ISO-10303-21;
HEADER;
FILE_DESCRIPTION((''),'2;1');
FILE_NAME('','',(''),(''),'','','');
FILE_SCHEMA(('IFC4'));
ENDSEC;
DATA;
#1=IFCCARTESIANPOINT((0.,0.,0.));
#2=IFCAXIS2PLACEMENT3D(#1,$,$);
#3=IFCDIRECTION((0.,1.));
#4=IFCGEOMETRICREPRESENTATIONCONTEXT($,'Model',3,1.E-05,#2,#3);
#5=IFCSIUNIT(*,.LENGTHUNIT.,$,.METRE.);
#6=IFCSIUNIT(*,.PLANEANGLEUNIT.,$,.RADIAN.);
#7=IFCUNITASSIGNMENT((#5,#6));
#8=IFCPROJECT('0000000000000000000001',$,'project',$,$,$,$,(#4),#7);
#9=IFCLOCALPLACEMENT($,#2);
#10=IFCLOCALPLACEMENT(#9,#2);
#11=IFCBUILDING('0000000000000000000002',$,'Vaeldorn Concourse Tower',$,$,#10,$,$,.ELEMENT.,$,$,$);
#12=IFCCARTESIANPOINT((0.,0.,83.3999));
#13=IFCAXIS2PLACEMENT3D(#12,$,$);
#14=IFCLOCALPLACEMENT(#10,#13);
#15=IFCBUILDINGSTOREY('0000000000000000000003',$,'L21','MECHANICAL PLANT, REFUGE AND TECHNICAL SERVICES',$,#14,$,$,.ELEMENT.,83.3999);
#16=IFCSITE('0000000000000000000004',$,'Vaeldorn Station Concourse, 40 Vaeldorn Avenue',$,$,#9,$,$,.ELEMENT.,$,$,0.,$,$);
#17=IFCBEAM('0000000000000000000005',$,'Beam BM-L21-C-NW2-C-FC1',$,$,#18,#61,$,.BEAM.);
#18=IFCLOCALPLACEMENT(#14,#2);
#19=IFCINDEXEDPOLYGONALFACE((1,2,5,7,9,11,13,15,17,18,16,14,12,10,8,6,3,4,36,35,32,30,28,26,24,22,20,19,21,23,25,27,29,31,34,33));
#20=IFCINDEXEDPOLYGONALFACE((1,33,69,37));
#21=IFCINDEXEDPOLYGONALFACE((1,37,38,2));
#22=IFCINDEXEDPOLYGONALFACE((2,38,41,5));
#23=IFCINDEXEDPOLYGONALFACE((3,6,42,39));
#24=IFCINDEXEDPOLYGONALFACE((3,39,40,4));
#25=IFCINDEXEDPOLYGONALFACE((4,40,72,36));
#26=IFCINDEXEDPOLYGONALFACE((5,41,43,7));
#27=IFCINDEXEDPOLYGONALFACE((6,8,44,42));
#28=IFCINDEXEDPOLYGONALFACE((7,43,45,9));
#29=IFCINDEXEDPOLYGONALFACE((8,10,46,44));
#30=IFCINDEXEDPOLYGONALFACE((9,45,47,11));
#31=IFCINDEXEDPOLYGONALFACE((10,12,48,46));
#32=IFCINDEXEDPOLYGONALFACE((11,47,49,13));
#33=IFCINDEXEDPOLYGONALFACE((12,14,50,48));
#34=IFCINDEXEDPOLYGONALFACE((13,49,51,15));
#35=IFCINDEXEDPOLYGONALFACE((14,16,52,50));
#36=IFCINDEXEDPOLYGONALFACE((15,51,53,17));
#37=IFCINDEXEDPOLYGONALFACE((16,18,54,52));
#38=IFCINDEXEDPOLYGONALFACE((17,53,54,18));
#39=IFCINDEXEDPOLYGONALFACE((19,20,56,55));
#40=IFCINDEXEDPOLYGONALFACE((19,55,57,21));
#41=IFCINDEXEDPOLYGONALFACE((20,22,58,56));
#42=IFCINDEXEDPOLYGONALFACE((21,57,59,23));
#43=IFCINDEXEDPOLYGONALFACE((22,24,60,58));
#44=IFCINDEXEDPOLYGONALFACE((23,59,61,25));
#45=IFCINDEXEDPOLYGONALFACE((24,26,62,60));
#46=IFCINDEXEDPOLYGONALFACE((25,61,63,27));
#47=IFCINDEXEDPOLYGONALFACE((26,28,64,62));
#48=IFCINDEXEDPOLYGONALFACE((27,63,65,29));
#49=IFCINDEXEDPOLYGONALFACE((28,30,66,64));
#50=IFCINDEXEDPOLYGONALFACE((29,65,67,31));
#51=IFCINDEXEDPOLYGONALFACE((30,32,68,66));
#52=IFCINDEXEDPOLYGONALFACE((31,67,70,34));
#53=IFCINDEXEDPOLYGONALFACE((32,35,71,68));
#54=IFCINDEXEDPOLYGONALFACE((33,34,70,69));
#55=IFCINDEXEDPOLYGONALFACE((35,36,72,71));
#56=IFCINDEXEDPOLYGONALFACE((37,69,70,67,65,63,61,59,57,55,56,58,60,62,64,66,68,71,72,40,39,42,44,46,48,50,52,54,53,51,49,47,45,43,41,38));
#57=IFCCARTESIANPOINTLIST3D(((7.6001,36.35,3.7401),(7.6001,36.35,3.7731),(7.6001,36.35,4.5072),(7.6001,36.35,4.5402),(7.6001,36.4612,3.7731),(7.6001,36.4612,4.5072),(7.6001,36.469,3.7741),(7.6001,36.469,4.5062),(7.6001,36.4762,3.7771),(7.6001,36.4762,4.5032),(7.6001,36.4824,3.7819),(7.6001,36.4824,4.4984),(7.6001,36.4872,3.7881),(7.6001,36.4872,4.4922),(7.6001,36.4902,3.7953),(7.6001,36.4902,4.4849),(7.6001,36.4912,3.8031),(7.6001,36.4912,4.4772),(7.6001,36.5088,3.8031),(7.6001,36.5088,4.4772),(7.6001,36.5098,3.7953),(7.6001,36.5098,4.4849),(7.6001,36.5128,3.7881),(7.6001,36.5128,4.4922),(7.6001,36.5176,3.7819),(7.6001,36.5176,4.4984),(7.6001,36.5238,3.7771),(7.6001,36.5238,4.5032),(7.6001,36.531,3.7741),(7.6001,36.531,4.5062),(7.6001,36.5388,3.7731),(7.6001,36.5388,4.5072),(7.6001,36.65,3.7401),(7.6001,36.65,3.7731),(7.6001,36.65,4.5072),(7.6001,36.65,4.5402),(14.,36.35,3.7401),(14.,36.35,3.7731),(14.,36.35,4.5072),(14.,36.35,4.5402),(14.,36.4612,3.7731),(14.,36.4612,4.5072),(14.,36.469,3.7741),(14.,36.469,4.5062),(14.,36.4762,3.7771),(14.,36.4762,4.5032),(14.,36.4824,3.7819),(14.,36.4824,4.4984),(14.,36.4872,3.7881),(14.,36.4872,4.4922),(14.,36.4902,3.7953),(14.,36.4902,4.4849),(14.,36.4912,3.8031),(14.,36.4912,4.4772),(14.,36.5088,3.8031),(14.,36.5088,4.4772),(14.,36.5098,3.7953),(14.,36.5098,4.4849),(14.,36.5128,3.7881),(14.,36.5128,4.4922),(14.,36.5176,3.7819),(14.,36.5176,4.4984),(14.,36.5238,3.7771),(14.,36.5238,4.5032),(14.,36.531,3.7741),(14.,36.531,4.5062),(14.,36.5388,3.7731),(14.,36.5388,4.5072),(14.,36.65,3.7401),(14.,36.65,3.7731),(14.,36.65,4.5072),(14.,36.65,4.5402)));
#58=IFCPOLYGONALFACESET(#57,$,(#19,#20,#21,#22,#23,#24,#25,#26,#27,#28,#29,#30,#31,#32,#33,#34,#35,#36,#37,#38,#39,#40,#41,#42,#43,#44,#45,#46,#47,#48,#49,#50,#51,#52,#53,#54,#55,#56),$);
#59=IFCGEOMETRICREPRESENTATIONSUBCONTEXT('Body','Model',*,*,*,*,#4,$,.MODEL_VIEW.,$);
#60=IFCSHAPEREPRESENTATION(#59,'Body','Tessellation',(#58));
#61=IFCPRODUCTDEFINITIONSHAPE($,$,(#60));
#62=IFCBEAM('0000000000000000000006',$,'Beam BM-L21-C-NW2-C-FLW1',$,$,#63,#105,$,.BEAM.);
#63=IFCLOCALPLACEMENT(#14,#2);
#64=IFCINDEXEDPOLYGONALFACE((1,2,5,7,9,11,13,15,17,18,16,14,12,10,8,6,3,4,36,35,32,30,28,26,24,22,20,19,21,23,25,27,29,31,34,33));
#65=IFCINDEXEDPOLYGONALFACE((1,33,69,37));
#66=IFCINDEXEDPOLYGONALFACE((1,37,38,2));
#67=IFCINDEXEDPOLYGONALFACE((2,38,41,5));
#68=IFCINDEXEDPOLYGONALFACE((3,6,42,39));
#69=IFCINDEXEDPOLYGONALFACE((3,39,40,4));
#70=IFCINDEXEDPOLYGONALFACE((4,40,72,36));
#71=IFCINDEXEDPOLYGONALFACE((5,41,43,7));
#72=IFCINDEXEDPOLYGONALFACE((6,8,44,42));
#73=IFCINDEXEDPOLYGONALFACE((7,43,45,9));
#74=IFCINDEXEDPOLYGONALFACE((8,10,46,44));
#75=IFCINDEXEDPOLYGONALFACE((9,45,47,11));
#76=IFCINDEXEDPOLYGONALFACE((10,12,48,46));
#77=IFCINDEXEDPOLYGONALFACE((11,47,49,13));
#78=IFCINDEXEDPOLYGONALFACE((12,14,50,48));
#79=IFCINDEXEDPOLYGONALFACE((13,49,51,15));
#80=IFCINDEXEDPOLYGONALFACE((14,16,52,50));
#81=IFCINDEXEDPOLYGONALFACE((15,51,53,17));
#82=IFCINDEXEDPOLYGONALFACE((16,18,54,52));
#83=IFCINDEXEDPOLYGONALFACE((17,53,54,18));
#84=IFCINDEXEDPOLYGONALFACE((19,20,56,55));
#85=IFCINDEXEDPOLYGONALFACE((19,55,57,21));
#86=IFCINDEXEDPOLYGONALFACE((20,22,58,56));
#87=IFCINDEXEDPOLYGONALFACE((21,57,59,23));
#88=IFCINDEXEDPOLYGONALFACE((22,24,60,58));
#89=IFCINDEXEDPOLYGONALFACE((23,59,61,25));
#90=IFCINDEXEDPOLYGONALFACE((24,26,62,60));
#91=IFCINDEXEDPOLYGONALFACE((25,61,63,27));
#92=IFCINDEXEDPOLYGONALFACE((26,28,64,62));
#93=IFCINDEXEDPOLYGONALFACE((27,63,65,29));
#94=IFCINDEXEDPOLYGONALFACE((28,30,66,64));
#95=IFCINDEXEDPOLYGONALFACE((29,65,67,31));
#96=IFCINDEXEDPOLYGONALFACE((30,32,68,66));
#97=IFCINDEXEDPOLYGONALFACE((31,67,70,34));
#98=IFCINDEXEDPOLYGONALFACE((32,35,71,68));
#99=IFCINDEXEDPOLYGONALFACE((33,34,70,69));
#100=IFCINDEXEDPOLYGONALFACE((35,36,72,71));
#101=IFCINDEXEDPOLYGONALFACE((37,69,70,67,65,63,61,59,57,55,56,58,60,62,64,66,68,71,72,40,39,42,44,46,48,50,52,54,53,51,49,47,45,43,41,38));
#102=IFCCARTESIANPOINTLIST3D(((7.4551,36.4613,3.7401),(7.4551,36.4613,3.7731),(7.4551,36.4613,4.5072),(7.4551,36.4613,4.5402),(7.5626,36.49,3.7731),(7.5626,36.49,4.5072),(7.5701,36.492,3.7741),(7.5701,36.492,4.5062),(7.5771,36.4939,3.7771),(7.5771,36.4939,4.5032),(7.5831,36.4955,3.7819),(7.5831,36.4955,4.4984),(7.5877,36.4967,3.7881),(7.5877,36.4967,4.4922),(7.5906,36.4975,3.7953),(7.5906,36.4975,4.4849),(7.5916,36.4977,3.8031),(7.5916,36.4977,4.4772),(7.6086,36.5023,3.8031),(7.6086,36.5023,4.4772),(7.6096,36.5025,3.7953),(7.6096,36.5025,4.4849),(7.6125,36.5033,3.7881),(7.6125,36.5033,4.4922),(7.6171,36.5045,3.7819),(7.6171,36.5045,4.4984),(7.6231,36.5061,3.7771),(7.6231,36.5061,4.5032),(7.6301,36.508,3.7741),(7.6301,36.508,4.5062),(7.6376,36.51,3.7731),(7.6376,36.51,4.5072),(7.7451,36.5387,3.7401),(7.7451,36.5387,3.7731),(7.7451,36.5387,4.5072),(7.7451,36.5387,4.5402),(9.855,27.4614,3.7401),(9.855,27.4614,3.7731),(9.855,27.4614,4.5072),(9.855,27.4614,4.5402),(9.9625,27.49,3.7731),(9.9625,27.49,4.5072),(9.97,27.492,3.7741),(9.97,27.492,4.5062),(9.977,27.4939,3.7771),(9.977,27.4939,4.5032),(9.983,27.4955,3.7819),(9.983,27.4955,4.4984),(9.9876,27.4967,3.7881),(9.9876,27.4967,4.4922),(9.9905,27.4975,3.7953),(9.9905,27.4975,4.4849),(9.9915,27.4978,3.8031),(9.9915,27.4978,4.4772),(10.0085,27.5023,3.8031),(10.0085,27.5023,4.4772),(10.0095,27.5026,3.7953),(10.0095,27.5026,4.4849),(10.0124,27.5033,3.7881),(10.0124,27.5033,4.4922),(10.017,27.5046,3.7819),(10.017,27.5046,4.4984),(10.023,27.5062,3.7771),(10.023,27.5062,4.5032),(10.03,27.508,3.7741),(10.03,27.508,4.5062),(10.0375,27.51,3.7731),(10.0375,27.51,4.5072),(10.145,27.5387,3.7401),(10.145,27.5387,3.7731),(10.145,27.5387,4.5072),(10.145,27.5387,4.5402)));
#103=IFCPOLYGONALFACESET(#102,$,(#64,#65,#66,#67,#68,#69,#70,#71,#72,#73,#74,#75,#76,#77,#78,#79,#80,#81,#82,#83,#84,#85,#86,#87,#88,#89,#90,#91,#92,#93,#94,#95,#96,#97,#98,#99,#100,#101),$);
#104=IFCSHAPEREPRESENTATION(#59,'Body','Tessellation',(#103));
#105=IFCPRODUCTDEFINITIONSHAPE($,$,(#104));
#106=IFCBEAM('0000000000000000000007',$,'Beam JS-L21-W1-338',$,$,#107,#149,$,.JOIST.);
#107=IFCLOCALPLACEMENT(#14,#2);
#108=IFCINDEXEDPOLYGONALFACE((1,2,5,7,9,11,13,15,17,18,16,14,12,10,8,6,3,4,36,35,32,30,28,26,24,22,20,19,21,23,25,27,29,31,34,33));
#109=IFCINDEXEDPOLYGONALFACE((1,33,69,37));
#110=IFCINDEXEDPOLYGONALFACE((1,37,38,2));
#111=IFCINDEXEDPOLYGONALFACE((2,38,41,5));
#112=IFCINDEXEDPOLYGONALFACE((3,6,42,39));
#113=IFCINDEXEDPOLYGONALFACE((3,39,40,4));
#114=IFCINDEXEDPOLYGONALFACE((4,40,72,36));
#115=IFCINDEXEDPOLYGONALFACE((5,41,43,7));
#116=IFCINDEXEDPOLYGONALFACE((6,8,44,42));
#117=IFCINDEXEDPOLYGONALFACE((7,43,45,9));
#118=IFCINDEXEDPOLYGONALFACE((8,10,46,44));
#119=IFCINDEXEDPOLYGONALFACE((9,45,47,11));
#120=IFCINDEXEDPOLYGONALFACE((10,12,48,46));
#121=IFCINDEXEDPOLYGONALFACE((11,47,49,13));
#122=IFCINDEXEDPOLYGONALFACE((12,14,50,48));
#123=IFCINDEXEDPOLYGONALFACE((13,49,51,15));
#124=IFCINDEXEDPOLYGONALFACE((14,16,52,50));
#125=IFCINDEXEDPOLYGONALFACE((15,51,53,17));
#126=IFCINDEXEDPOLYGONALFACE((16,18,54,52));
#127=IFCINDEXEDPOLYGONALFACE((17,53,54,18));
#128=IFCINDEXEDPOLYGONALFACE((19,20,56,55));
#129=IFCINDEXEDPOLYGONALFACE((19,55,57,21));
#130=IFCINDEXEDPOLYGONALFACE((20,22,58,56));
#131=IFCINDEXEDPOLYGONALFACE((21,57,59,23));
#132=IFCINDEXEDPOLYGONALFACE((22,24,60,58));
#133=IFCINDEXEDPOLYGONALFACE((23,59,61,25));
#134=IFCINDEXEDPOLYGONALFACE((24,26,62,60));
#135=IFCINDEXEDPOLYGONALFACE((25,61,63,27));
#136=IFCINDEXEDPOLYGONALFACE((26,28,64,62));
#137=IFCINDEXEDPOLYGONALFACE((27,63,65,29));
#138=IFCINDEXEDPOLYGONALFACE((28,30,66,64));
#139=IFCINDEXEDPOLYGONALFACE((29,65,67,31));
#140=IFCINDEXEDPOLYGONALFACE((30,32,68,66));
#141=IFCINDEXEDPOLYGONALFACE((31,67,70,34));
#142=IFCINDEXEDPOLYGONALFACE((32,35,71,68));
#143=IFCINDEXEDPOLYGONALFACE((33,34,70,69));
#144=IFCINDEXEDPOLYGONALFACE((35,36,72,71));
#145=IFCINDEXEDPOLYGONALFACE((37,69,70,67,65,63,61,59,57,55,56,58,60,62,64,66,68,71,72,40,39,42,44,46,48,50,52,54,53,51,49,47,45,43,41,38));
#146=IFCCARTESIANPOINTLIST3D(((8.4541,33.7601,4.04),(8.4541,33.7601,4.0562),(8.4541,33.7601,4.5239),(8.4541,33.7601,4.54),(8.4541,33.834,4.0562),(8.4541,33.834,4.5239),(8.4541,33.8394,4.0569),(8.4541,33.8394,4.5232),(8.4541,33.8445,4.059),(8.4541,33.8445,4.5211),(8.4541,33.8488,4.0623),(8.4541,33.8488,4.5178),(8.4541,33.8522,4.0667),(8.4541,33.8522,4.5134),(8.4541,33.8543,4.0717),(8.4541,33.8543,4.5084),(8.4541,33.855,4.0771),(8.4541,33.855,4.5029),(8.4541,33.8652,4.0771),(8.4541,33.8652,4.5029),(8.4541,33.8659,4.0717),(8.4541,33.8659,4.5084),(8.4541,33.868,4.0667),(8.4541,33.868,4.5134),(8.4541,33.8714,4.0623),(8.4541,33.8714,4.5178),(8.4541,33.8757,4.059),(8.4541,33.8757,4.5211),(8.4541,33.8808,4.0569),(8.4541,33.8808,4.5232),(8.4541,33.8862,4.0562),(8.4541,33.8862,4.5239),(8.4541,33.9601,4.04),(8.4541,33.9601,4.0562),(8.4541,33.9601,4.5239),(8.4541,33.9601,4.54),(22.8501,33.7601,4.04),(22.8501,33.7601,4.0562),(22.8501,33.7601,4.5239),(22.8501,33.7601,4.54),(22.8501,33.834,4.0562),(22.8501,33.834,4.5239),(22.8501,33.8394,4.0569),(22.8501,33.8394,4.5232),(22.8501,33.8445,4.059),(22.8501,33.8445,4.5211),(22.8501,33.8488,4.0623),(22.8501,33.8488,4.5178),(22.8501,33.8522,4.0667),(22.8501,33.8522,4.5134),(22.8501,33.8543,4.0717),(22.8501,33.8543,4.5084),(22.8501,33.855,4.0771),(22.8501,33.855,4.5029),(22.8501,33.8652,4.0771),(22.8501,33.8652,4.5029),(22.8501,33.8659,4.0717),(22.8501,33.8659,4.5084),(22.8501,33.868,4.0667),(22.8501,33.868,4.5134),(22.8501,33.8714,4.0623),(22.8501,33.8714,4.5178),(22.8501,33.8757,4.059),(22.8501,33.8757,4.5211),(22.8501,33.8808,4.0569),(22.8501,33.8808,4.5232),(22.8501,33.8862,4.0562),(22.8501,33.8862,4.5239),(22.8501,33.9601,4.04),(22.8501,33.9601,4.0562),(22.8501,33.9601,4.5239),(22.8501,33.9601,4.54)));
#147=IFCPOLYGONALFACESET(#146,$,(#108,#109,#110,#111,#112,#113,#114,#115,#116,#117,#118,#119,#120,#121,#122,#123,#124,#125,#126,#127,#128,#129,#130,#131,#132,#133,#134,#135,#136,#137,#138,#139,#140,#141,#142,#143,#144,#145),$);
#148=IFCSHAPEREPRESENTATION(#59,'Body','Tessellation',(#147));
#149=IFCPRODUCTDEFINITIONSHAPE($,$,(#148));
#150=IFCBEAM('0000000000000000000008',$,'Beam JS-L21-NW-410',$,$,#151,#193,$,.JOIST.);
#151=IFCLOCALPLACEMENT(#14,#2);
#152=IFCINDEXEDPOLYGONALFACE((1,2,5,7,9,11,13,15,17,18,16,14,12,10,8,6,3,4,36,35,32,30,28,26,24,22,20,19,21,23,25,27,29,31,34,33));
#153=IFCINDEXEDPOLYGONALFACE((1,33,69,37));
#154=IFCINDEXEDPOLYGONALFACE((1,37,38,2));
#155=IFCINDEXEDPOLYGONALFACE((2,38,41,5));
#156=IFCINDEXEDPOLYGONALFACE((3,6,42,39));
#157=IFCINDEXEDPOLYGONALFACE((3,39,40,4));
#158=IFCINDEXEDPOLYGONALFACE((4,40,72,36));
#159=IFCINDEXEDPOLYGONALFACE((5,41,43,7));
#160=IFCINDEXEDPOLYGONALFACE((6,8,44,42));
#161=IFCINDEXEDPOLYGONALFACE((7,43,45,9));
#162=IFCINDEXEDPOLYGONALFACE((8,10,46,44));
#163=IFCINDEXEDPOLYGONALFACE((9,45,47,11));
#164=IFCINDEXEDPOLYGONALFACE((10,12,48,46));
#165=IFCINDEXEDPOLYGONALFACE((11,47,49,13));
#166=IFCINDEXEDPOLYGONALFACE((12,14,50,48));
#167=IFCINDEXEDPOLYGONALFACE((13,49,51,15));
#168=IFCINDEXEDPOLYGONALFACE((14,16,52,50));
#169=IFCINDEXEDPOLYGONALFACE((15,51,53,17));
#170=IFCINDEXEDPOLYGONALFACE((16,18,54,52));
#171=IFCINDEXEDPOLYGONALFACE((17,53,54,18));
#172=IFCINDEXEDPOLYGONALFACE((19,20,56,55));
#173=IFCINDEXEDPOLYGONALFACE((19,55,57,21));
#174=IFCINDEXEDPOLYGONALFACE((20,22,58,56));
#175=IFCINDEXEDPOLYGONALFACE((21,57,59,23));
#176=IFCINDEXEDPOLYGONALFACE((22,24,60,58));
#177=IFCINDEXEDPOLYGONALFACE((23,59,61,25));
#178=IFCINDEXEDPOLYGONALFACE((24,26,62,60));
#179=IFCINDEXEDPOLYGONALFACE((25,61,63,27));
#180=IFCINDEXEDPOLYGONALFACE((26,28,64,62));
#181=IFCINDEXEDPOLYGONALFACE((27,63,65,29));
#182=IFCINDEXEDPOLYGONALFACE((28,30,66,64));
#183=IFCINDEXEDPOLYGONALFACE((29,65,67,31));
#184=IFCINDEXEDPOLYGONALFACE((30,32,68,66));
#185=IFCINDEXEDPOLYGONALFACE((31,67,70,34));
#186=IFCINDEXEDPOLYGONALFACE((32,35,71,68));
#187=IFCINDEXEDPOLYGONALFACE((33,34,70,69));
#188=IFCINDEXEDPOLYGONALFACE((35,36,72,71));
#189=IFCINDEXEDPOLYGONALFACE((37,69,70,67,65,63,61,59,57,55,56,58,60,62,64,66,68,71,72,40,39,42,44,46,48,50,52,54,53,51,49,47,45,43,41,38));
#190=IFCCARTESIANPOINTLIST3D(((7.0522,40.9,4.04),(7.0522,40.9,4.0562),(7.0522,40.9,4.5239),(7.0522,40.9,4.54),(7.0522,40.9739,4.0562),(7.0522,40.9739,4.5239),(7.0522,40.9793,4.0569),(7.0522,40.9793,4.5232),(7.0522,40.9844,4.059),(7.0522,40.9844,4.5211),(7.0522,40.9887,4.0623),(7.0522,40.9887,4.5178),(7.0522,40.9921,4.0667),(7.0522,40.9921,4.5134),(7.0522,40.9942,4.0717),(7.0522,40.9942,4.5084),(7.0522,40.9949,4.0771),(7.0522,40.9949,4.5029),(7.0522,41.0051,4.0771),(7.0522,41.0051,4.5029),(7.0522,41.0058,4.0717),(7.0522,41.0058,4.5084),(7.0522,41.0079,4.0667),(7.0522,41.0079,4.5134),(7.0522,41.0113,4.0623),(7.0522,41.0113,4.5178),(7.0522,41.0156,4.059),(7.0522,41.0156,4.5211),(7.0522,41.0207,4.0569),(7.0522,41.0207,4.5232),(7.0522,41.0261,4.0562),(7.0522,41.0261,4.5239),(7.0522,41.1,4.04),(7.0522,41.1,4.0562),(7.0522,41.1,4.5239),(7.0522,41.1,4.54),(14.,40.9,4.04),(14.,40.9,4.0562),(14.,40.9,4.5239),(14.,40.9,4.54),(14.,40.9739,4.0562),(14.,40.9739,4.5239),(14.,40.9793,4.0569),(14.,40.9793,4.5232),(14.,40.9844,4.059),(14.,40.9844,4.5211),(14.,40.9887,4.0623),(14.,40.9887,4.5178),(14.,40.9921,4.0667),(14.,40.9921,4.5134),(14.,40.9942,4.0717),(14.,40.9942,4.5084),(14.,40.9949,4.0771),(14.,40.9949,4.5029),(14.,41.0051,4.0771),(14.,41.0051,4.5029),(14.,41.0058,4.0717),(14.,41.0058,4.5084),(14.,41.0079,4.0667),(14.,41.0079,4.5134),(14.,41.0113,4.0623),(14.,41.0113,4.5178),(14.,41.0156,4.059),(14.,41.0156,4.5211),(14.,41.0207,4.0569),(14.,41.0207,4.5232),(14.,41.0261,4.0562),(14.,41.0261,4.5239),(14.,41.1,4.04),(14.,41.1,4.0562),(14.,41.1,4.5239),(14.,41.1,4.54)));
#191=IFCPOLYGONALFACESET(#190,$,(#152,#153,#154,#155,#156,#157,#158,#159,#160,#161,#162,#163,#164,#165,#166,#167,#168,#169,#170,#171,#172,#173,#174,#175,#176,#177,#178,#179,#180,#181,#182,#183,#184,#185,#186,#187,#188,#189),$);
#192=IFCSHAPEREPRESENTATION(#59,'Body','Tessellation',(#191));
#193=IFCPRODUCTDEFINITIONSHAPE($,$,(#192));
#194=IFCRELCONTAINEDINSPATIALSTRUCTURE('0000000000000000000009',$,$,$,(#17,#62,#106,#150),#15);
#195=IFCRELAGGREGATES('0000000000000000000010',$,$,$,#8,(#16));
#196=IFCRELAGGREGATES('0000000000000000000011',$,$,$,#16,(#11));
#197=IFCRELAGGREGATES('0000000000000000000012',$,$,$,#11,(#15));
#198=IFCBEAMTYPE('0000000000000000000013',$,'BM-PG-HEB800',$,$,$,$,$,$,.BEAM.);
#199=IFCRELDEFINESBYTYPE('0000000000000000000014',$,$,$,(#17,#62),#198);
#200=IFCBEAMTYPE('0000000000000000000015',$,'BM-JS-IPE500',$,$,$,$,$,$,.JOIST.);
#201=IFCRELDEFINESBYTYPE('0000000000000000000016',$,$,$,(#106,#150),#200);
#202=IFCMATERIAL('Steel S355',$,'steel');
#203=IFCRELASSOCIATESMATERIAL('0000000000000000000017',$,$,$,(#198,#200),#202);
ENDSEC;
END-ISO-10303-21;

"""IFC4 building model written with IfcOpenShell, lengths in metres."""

from ifc_helpers import new_model, si_unit, direction, frame, origin, origin_2d, place, context, subcontext, project, spatial, i_section, extrude, source, transform, mapped, material, material_profile, profile_set, type_object, element, save


model = new_model("IFC4")

# Units and contexts
model_context = context("Model", 3, precision=1e-05, world=origin(), true_north=direction((0.0, 1.0)))
body_context = subcontext(model_context, "Body", "Model", "MODEL_VIEW")
ifc_project = project(units=[si_unit("LENGTHUNIT", "METRE"), si_unit("PLANEANGLEUNIT", "RADIAN")], contexts=[model_context])

# Site, building, storey
site_placement = place(None, origin())
site = spatial("IfcSite", under=ifc_project, at=site_placement, Name="Vaeldorn Station Concourse, 40 Vaeldorn Avenue", CompositionType="ELEMENT", RefElevation=0.0)
building_placement = place(site_placement, origin())
building = spatial("IfcBuilding", under=site, at=building_placement, Name="Vaeldorn Concourse Tower", CompositionType="ELEMENT")
storey_placement = place(building_placement, frame((0.0, 0.0, 83.3999)))
storey = spatial("IfcBuildingStorey", under=building, at=storey_placement, Name="L21", Description="MECHANICAL PLANT, REFUGE AND TECHNICAL SERVICES", CompositionType="ELEMENT", Elevation=83.3999)

# Beams
ifc_material_1 = material(Name="Steel S355", Category="steel")
ifc_material_profile_1 = material_profile(ifc_material_1, i_section(OverallWidth=0.3, OverallDepth=0.8, WebThickness=0.0176, FlangeThickness=0.033, FilletRadius=0.03, at=origin_2d()), Name="HEB 800")
ifc_profile_set_1 = profile_set([ifc_material_profile_1], Name="Steel S355")
beam_type_1 = type_object("IfcBeamType", Name="BM-PG-HEB800", PredefinedType="BEAM", material=ifc_profile_set_1)
shared_shape_1 = source(origin(), body_context, "Body", "SweptSolid", [
    extrude(i_section(OverallWidth=0.3, OverallDepth=0.8, WebThickness=0.0176, FlangeThickness=0.033, FilletRadius=0.03, at=origin_2d()), origin(), (0.0, 0.0, 1.0), 6.3999),
])
beam_1_placement = place(storey_placement, frame((7.6001, 36.5, 4.1401), z_axis=(1.0, 0.0, 0.0), x_axis=(0.0, 1.0, 0.0)))
element("IfcBeam", 1, at=beam_1_placement, inside=storey, type_object=beam_type_1, Name="Beam BM-L21-C-NW2-C-FC1", PredefinedType="BEAM", context=body_context, shape_type="MappedRepresentation", body=[
    mapped(shared_shape_1, transform((0.0, 0.0, 0.0), scale=1.0)),
])
shared_shape_2 = source(origin(), body_context, "Body", "SweptSolid", [
    extrude(i_section(OverallWidth=0.3, OverallDepth=0.8, WebThickness=0.0176, FlangeThickness=0.033, FilletRadius=0.03, at=origin_2d()), origin(), (0.0, 0.0, 1.0), 9.3145),
])
beam_2_placement = place(storey_placement, frame((7.6001, 36.5, 4.1401), z_axis=(0.257653, -0.966238, 0.0), x_axis=(0.966238, 0.257653, 0.0)))
element("IfcBeam", 2, at=beam_2_placement, inside=storey, type_object=beam_type_1, Name="Beam BM-L21-C-NW2-C-FLW1", PredefinedType="BEAM", context=body_context, shape_type="MappedRepresentation", body=[
    mapped(shared_shape_2, transform((0.0, 0.0, 0.0), scale=1.0)),
])
ifc_material_profile_2 = material_profile(ifc_material_1, i_section(OverallWidth=0.2, OverallDepth=0.5, WebThickness=0.0103, FlangeThickness=0.0161, FilletRadius=0.021, at=origin_2d()), Name="IPE 500")
ifc_profile_set_2 = profile_set([ifc_material_profile_2], Name="Steel S355")
beam_type_2 = type_object("IfcBeamType", Name="BM-JS-IPE500", PredefinedType="JOIST", material=ifc_profile_set_2)
shared_shape_3 = source(origin(), body_context, "Body", "SweptSolid", [
    extrude(i_section(OverallWidth=0.2, OverallDepth=0.5, WebThickness=0.0103, FlangeThickness=0.0161, FilletRadius=0.021, at=origin_2d()), origin(), (0.0, 0.0, 1.0), 14.396),
])
beam_3_placement = place(storey_placement, frame((8.4541, 33.8601, 4.29), z_axis=(1.0, 0.0, 0.0), x_axis=(0.0, 1.0, 0.0)))
element("IfcBeam", 3, at=beam_3_placement, inside=storey, type_object=beam_type_2, Name="Beam JS-L21-W1-338", PredefinedType="JOIST", context=body_context, shape_type="MappedRepresentation", body=[
    mapped(shared_shape_3, transform((0.0, 0.0, 0.0), scale=1.0)),
])
shared_shape_4 = source(origin(), body_context, "Body", "SweptSolid", [
    extrude(i_section(OverallWidth=0.2, OverallDepth=0.5, WebThickness=0.0103, FlangeThickness=0.0161, FilletRadius=0.021, at=origin_2d()), origin(), (0.0, 0.0, 1.0), 6.9478),
])
beam_4_placement = place(storey_placement, frame((7.0522, 41.0, 4.29), z_axis=(1.0, 0.0, 0.0), x_axis=(0.0, 1.0, 0.0)))
element("IfcBeam", 4, at=beam_4_placement, inside=storey, type_object=beam_type_2, Name="Beam JS-L21-NW-410", PredefinedType="JOIST", context=body_context, shape_type="MappedRepresentation", body=[
    mapped(shared_shape_4, transform((0.0, 0.0, 0.0), scale=1.0)),
])

save(model, "model.ifc")
